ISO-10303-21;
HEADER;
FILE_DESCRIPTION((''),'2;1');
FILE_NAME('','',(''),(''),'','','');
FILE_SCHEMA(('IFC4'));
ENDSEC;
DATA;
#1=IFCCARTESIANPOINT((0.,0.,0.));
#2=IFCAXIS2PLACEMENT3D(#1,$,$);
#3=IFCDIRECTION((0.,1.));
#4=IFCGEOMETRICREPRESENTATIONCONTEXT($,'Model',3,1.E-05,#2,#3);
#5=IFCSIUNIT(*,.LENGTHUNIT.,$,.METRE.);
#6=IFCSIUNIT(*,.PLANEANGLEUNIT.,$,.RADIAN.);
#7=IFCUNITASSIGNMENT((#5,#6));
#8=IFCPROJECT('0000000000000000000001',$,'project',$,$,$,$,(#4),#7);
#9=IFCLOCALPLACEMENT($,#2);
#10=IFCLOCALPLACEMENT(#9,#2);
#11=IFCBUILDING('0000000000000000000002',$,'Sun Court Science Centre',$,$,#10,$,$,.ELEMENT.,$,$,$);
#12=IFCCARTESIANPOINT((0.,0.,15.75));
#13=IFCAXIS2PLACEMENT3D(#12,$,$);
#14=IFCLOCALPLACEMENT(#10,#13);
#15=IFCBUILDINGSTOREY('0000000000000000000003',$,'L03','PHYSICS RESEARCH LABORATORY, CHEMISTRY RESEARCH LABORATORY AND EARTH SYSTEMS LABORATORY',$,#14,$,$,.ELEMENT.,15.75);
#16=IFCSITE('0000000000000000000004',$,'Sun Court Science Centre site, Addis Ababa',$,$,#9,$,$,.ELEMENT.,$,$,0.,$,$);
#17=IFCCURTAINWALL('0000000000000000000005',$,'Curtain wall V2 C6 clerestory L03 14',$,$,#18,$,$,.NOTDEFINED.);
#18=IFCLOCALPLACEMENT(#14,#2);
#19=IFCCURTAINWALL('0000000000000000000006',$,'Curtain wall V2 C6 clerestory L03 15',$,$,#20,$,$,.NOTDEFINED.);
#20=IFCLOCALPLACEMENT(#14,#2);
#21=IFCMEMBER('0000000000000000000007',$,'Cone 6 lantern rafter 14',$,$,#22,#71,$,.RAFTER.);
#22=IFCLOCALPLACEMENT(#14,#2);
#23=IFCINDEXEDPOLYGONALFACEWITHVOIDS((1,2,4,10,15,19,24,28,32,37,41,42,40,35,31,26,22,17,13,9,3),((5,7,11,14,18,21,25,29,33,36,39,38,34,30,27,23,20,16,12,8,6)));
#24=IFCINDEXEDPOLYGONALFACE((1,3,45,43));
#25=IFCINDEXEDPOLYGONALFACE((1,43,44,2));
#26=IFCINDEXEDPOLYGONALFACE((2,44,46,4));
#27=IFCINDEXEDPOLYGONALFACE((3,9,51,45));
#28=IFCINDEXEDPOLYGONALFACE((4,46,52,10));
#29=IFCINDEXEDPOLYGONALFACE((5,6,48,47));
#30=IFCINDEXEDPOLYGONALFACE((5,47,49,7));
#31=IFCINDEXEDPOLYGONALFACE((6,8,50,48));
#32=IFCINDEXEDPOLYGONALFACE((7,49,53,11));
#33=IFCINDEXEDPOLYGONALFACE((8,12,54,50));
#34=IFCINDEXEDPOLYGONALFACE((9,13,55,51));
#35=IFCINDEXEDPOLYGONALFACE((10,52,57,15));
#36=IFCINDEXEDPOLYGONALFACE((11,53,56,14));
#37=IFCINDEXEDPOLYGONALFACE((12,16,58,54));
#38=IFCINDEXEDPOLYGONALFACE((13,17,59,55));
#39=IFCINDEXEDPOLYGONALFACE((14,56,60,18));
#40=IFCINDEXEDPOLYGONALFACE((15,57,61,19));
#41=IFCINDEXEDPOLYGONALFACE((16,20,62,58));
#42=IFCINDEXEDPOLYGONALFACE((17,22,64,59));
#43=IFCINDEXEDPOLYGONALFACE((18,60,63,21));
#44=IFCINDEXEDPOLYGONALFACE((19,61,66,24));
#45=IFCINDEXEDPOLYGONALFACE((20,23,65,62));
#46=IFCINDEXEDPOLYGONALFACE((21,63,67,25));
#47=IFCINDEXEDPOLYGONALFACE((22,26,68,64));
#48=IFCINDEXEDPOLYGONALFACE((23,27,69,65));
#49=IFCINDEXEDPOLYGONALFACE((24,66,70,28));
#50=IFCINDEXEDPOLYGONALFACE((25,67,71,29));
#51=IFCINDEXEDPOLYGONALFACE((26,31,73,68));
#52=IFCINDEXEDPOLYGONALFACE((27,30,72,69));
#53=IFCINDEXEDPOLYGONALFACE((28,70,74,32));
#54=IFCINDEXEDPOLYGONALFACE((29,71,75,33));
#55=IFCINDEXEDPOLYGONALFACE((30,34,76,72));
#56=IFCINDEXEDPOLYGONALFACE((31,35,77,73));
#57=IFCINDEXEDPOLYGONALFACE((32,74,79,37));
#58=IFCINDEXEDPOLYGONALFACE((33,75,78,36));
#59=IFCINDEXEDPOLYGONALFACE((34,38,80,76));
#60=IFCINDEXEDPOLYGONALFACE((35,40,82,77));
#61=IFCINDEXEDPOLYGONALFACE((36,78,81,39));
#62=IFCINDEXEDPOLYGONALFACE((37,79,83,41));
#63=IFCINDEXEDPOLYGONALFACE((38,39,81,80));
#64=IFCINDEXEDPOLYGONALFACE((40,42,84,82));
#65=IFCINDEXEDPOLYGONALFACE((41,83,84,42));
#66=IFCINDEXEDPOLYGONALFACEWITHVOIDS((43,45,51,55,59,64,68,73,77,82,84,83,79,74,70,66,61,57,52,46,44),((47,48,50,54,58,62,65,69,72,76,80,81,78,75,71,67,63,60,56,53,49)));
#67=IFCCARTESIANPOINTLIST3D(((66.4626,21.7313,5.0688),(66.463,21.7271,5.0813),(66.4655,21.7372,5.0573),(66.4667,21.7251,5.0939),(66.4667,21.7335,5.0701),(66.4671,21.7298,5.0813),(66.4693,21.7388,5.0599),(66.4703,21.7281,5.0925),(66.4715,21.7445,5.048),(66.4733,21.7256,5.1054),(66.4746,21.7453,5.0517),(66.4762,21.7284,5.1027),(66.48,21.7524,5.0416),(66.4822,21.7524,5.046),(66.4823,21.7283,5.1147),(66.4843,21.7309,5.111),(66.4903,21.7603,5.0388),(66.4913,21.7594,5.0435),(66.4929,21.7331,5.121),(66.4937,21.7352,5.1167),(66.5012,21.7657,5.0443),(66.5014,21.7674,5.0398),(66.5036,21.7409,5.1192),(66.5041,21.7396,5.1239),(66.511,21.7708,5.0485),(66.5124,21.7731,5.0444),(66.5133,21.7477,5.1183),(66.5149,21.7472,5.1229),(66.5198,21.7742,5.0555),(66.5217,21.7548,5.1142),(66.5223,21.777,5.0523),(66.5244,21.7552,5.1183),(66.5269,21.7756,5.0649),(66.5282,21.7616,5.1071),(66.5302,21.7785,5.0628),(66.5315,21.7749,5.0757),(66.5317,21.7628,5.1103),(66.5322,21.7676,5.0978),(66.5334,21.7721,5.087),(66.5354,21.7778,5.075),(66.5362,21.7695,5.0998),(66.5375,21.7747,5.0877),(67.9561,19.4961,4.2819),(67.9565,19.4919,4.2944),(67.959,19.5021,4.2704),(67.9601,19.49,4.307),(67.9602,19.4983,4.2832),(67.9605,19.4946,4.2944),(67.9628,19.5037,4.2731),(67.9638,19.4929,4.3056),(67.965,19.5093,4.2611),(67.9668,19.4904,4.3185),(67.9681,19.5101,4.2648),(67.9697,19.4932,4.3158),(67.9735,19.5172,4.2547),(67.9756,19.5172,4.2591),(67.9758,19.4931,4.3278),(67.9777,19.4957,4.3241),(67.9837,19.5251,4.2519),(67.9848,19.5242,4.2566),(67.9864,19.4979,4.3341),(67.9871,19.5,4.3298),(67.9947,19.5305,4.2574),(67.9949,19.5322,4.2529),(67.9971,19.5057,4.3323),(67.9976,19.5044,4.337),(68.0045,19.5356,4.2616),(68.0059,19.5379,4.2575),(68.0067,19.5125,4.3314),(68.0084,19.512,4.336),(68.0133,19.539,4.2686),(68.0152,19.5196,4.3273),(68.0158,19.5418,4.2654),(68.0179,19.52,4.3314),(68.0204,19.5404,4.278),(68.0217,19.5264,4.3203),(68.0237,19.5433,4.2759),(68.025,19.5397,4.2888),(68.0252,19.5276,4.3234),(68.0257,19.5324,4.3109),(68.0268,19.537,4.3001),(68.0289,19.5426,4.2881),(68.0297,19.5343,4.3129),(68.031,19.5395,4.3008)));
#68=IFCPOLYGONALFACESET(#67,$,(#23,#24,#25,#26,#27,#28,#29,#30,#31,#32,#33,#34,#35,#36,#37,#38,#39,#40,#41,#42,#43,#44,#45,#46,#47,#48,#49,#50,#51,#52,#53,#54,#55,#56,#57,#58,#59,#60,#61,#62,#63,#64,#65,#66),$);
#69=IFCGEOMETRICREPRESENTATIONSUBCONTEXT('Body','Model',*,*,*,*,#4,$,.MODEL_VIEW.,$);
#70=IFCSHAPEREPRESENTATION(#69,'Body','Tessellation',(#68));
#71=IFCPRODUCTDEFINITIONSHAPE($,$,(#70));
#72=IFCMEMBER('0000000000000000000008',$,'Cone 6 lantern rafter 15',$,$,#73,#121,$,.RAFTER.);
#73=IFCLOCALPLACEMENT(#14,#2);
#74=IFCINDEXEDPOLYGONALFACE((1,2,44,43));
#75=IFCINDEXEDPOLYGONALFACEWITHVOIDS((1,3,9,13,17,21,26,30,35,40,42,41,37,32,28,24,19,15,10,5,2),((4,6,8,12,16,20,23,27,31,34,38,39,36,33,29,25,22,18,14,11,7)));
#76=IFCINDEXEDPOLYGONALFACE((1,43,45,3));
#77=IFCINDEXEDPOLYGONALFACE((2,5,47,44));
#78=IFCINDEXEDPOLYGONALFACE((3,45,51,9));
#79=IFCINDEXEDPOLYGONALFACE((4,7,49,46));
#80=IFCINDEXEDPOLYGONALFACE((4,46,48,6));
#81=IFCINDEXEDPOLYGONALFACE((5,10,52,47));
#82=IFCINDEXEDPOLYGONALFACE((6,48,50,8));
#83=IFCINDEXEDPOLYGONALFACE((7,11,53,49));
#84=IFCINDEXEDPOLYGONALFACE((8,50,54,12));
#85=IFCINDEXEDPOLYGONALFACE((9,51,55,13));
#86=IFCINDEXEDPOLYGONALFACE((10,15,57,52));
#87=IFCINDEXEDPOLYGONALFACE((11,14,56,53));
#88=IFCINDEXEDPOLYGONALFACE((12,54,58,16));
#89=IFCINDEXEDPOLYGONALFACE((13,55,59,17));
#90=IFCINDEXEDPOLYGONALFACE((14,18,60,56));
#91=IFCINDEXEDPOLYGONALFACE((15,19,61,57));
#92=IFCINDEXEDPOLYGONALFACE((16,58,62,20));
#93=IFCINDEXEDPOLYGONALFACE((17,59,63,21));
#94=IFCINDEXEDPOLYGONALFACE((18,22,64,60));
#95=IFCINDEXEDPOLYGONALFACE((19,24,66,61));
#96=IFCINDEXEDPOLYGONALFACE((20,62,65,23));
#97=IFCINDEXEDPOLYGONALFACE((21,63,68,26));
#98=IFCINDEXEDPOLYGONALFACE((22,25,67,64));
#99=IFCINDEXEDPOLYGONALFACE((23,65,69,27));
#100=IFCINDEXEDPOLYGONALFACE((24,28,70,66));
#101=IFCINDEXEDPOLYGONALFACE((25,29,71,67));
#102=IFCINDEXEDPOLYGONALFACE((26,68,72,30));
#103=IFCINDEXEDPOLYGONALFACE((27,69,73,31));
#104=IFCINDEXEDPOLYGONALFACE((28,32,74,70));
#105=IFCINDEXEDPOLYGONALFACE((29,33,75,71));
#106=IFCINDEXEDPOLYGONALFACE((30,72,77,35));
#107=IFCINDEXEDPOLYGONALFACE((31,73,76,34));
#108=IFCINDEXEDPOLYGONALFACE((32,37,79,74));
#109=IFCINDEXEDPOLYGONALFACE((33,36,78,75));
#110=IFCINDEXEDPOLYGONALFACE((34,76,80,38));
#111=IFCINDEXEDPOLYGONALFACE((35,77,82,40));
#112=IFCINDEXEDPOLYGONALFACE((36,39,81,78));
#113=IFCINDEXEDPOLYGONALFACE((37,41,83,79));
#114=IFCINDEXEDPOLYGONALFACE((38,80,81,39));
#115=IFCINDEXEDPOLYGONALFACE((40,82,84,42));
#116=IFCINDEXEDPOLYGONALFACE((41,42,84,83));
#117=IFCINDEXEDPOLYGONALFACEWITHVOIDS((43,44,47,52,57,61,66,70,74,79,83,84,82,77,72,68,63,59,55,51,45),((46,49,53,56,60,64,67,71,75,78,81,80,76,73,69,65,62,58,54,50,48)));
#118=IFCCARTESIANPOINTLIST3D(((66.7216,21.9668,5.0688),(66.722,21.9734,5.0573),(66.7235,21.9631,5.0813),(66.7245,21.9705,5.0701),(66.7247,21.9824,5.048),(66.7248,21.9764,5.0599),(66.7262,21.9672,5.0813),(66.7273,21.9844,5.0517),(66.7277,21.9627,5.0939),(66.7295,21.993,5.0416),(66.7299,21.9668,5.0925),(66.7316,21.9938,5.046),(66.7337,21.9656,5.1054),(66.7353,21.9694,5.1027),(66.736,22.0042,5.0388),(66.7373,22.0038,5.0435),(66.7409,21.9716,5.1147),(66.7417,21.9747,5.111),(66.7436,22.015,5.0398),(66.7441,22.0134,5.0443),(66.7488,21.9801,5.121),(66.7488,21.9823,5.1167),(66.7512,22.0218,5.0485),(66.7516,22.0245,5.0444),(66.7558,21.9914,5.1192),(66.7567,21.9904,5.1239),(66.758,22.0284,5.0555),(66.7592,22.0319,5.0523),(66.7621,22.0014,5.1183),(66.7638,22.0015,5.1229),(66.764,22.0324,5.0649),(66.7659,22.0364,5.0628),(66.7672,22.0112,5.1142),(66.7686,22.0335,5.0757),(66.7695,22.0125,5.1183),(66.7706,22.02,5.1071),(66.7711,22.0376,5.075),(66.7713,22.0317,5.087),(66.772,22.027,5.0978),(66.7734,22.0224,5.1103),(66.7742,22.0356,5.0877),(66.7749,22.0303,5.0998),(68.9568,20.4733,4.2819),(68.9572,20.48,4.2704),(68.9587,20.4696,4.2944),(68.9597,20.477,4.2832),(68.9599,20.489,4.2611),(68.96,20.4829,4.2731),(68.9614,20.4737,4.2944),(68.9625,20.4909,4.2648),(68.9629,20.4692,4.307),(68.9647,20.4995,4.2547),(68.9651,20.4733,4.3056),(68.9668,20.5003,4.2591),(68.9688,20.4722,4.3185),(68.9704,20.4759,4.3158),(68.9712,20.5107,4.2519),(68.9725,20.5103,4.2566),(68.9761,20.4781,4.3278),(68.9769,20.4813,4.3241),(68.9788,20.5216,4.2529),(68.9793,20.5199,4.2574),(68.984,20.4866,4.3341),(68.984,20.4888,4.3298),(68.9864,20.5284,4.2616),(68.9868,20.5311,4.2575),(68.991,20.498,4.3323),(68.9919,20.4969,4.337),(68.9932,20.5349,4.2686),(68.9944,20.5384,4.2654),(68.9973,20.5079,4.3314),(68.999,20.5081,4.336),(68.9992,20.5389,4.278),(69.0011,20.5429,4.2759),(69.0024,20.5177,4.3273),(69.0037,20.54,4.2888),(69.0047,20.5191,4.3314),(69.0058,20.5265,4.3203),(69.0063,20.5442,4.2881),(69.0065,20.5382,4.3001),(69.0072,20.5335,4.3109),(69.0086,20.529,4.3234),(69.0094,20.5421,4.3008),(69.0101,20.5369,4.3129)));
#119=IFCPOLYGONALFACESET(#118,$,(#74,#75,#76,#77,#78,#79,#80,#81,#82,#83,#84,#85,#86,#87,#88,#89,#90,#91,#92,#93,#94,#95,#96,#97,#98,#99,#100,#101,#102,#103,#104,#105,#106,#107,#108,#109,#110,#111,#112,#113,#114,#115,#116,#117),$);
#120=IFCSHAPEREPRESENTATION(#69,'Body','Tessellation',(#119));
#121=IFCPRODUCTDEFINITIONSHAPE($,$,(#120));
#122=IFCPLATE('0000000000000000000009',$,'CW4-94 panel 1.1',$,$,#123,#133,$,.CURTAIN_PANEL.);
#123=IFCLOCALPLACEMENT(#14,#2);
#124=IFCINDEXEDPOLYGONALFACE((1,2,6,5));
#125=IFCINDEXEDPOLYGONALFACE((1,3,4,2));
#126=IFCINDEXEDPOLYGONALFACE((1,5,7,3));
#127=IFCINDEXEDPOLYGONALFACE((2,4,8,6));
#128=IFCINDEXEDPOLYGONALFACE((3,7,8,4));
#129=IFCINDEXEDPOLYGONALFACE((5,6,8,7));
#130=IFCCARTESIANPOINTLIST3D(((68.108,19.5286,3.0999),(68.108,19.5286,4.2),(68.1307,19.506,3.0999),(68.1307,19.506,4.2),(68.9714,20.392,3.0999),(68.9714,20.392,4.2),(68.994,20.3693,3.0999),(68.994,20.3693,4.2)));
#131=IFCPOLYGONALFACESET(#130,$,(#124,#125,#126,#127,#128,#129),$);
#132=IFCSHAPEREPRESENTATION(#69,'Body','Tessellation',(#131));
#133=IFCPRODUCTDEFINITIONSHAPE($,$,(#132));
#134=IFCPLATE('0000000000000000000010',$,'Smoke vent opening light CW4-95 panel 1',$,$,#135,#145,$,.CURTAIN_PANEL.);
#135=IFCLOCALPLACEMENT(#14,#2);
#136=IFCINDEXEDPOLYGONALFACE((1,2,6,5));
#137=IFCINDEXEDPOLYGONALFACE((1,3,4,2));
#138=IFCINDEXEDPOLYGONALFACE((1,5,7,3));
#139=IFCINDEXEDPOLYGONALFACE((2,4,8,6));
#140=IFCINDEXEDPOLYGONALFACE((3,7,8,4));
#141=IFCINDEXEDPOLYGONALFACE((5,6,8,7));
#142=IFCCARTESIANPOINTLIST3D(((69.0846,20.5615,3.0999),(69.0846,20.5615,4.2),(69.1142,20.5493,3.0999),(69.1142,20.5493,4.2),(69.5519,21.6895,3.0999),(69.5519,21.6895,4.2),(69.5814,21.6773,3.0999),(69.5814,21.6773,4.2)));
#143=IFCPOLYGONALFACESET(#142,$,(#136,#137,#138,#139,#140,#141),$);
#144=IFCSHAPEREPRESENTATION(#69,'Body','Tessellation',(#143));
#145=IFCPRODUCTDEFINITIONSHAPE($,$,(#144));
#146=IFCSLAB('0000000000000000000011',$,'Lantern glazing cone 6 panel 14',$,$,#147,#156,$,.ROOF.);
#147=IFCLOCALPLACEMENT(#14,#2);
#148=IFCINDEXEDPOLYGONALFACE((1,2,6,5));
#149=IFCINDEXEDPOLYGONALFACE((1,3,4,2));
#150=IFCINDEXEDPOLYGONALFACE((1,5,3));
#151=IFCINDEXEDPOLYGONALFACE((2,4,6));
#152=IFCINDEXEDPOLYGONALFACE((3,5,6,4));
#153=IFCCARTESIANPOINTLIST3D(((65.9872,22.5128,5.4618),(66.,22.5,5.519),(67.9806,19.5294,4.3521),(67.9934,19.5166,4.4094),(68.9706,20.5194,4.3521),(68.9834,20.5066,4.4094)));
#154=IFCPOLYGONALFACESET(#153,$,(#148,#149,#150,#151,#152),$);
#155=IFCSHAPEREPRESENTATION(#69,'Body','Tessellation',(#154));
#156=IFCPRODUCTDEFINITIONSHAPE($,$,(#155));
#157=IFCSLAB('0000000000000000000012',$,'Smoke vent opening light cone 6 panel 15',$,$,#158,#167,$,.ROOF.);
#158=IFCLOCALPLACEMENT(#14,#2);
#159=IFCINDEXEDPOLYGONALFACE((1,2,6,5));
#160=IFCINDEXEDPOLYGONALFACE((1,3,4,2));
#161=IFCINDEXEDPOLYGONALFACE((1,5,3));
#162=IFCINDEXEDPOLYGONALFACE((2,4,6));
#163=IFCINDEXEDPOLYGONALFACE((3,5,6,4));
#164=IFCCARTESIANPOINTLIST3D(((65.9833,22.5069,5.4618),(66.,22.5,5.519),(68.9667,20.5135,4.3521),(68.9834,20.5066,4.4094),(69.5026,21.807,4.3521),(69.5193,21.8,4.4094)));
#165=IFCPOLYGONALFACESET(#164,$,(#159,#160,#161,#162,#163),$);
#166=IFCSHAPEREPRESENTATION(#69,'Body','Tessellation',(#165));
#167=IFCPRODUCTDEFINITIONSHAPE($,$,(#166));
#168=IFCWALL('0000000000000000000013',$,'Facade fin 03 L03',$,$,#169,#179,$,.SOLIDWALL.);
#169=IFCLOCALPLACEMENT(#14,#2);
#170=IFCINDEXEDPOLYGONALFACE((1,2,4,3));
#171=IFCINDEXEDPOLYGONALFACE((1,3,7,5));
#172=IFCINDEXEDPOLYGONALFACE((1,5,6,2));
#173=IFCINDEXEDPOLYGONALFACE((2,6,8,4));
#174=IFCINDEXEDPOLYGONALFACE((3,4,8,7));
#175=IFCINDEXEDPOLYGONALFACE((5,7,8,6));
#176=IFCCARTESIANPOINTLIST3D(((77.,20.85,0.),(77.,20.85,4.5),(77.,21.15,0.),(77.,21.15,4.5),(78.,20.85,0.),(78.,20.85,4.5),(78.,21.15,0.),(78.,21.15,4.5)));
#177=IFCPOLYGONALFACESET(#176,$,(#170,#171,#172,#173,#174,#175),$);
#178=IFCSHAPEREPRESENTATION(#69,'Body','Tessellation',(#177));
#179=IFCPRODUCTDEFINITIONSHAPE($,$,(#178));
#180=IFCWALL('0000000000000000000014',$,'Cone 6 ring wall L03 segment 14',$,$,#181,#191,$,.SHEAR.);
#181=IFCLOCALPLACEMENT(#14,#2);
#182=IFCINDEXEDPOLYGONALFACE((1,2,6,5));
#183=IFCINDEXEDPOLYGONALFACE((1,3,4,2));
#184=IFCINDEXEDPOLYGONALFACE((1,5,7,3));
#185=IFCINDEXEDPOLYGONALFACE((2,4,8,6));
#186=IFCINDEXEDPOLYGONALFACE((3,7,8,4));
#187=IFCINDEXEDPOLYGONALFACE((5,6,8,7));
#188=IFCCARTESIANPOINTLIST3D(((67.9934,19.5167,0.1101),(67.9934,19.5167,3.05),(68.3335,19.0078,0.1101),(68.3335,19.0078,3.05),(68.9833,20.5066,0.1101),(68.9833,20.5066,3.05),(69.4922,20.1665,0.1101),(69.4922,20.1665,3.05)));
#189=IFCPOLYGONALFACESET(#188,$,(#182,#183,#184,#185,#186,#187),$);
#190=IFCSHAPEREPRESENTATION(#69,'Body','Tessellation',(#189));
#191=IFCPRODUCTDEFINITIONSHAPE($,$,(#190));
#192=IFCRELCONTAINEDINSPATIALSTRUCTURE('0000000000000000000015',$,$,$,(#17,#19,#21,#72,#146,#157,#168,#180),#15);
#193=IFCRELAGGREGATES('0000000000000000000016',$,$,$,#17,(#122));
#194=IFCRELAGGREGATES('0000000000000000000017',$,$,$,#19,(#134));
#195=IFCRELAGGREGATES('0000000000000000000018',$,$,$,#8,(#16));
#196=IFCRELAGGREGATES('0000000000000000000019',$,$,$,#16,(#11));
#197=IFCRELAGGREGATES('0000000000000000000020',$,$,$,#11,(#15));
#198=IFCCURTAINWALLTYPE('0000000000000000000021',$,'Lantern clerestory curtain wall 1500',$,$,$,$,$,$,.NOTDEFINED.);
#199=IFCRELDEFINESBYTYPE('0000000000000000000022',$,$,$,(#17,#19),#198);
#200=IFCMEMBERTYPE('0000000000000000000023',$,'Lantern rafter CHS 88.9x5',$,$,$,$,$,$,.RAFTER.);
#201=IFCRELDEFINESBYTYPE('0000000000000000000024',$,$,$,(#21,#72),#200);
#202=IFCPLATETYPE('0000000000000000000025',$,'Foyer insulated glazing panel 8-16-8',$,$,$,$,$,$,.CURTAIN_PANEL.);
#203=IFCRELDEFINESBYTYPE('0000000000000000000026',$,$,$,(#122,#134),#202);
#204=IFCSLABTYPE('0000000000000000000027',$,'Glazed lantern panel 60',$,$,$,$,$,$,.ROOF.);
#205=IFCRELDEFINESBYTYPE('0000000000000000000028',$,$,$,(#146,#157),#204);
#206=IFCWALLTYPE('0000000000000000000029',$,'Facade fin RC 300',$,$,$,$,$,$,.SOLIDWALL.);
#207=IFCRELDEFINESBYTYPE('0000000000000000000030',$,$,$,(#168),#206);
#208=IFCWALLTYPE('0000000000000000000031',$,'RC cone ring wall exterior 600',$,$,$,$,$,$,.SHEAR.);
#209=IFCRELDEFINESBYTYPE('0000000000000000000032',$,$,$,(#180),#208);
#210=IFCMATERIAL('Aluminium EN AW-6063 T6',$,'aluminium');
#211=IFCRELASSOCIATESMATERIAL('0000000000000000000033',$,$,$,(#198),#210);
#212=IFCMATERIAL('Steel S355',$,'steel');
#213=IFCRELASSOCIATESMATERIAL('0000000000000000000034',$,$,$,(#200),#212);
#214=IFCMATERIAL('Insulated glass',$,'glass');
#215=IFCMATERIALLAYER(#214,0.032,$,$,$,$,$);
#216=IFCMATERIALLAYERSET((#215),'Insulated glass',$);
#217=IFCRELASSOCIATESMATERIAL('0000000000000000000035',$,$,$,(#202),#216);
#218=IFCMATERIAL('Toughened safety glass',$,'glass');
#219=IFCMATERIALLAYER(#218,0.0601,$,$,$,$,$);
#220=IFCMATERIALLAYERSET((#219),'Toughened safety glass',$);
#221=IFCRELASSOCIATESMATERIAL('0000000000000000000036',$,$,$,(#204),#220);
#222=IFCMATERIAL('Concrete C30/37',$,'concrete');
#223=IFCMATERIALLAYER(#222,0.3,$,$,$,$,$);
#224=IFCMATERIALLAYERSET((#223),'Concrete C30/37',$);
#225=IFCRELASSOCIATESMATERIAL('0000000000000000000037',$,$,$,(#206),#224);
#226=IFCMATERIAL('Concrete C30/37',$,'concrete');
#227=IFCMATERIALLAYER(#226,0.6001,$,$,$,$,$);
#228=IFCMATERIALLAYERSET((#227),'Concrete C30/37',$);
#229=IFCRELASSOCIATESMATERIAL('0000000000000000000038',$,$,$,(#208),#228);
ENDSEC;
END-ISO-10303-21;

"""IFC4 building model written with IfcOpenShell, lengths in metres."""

from ifc_helpers import new_model, si_unit, direction, frame, frame_2d, origin, origin_2d, place, context, subcontext, project, spatial, polyline, rectangle, hollow_circle, outline, extrude, material, layer, layer_set, material_profile, profile_set, type_object, element, aggregate, save


model = new_model("IFC4")

# Units and contexts
model_context = context("Model", 3, precision=1e-05, world=origin(), true_north=direction((0.0, 1.0)))
body_context = subcontext(model_context, "Body", "Model", "MODEL_VIEW")
ifc_project = project(units=[si_unit("LENGTHUNIT", "METRE"), si_unit("PLANEANGLEUNIT", "RADIAN")], contexts=[model_context])

# Site, building, storey
site_placement = place(None, origin())
site = spatial("IfcSite", under=ifc_project, at=site_placement, Name="Sun Court Science Centre site, Addis Ababa", CompositionType="ELEMENT", RefElevation=0.0)
building_placement = place(site_placement, origin())
building = spatial("IfcBuilding", under=site, at=building_placement, Name="Sun Court Science Centre", CompositionType="ELEMENT")
storey_placement = place(building_placement, frame((0.0, 0.0, 15.75)))
storey = spatial("IfcBuildingStorey", under=building, at=storey_placement, Name="L03", Description="PHYSICS RESEARCH LABORATORY, CHEMISTRY RESEARCH LABORATORY AND EARTH SYSTEMS LABORATORY", CompositionType="ELEMENT", Elevation=15.75)

# Shared definitions
ifc_material_1 = material(Name="Aluminium EN AW-6063 T6", Category="aluminium")
curtain_wall_type_1 = type_object("IfcCurtainWallType", Name="Lantern clerestory curtain wall 1500", PredefinedType="NOTDEFINED", material=ifc_material_1)

# Curtain walls
curtain_wall_1_placement = place(storey_placement, origin())
curtain_wall_1 = element("IfcCurtainWall", 1, at=curtain_wall_1_placement, inside=storey, type_object=curtain_wall_type_1, Name="Curtain wall V2 C6 clerestory L03 14", PredefinedType="NOTDEFINED")
curtain_wall_2_placement = place(storey_placement, origin())
curtain_wall_2 = element("IfcCurtainWall", 2, at=curtain_wall_2_placement, inside=storey, type_object=curtain_wall_type_1, Name="Curtain wall V2 C6 clerestory L03 15", PredefinedType="NOTDEFINED")

# Members
ifc_material_2 = material(Name="Steel S355", Category="steel")
ifc_material_profile_1 = material_profile(ifc_material_2, hollow_circle(Radius=0.0444, WallThickness=0.0049, at=origin_2d()), Name="CHS 88.9x5")
ifc_profile_set_1 = profile_set([ifc_material_profile_1], Name="Steel S355")
member_type_1 = type_object("IfcMemberType", Name="Lantern rafter CHS 88.9x5", PredefinedType="RAFTER", material=ifc_profile_set_1)
for number, where, z_axis, x_axis, name in (
    (3, (67.9934, 19.5166, 4.2944), (-0.533186, 0.797992, 0.280931), (-0.831477, -0.555559, 0.0), "Cone 6 lantern rafter 14"),
    (4, (68.9834, 20.5066, 4.2944), (-0.797992, 0.533186, 0.280931), (-0.555559, -0.831477, 0.0), "Cone 6 lantern rafter 15"),
):
    element("IfcMember", number, at=place(storey_placement, frame(where, z_axis=z_axis, x_axis=x_axis)), inside=storey, type_object=member_type_1, Name=name, PredefinedType="RAFTER", context=body_context, shape_type="SweptSolid", body=[
        extrude(hollow_circle(Radius=0.0444, WallThickness=0.0049, at=origin_2d()), origin(), (0.0, 0.0, 1.0), 2.801),
    ])

# Plates
ifc_material_3 = material(Name="Insulated glass", Category="glass")
ifc_layer_1 = layer(ifc_material_3, 0.032)
ifc_layer_set_1 = layer_set([ifc_layer_1], Name="Insulated glass")
plate_type = type_object("IfcPlateType", Name="Foyer insulated glazing panel 8-16-8", PredefinedType="CURTAIN_PANEL", material=ifc_layer_set_1)
plate_1_placement = place(storey_placement, frame((68.551, 19.949, 3.0999), z_axis=(0.0, 0.0, 1.0), x_axis=(-0.707107, -0.707107, 0.0)))
plate_1 = element("IfcPlate", 5, at=plate_1_placement, type_object=plate_type, Name="CW4-94 panel 1.1", PredefinedType="CURTAIN_PANEL", context=body_context, shape_type="SweptSolid", body=[
    extrude(rectangle(XDim=1.2209, YDim=0.032, at=origin_2d()), origin(), (0.0, 0.0, 1.0), 1.1001),
])
aggregate(curtain_wall_1, [plate_1])
plate_2_placement = place(storey_placement, frame((69.333, 21.1194, 3.0999), z_axis=(0.0, 0.0, 1.0), x_axis=(-0.382683, -0.92388, 0.0)))
plate_2 = element("IfcPlate", 6, at=plate_2_placement, type_object=plate_type, Name="Smoke vent opening light CW4-95 panel 1", PredefinedType="CURTAIN_PANEL", context=body_context, shape_type="SweptSolid", body=[
    extrude(rectangle(XDim=1.2209, YDim=0.032, at=origin_2d()), origin(), (0.0, 0.0, 1.0), 1.1001),
])
aggregate(curtain_wall_2, [plate_2])

# Slabs
ifc_material_4 = material(Name="Toughened safety glass", Category="glass")
ifc_layer_2 = layer(ifc_material_4, 0.0601)
ifc_layer_set_2 = layer_set([ifc_layer_2], Name="Toughened safety glass")
slab_type = type_object("IfcSlabType", Name="Glazed lantern panel 60", PredefinedType="ROOF", material=ifc_layer_set_2)
slab_1_placement = place(storey_placement, frame((67.9934, 19.5166, 4.4094), z_axis=(0.212638, -0.212638, 0.953714), x_axis=(0.707107, 0.707107, 0.0)))
element("IfcSlab", 7, at=slab_1_placement, inside=storey, type_object=slab_type, Name="Lantern glazing cone 6 panel 14", PredefinedType="ROOF", context=body_context, shape_type="SweptSolid", body=[
    extrude(outline(polyline([(0.0, 0.0), (1.4001, 0.0), (0.7, 3.6899), (0.0, 0.0)])), origin(), (0.0, 0.0, -1.0), 0.0601),
])
slab_2_placement = place(storey_placement, frame((68.9834, 20.5066, 4.4094), z_axis=(0.277811, -0.115099, 0.953715), x_axis=(0.382757, 0.923849, 0.0)))
element("IfcSlab", 8, at=slab_2_placement, inside=storey, type_object=slab_type, Name="Smoke vent opening light cone 6 panel 15", PredefinedType="ROOF", context=body_context, shape_type="SweptSolid", body=[
    extrude(outline(polyline([(0.0, 0.0), (1.4001, 0.0), (0.6997, 3.69), (0.0, 0.0)])), origin(), (0.0, 0.0, -1.0), 0.0601),
])

# Walls
ifc_material_5 = material(Name="Concrete C30/37", Category="concrete")
ifc_layer_3 = layer(ifc_material_5, 0.3)
ifc_layer_set_3 = layer_set([ifc_layer_3], Name="Concrete C30/37")
wall_type_1 = type_object("IfcWallType", Name="Facade fin RC 300", PredefinedType="SOLIDWALL", material=ifc_layer_set_3)
wall_1_placement = place(storey_placement, frame((77.0, 21.0, 0.0), z_axis=(0.0, 0.0, 1.0), x_axis=(1.0, 0.0, 0.0)))
element("IfcWall", 9, at=wall_1_placement, inside=storey, type_object=wall_type_1, Name="Facade fin 03 L03", PredefinedType="SOLIDWALL", context=body_context, shape_type="SweptSolid", body=[
    extrude(rectangle(XDim=1.0, YDim=0.3, at=frame_2d((0.5, 0.0))), origin(), (0.0, 0.0, 1.0), 4.5),
])
ifc_material_6 = material(Name="Concrete C30/37", Category="concrete")
ifc_layer_4 = layer(ifc_material_6, 0.6001)
ifc_layer_set_4 = layer_set([ifc_layer_4], Name="Concrete C30/37")
wall_type_2 = type_object("IfcWallType", Name="RC cone ring wall exterior 600", PredefinedType="SHEAR", material=ifc_layer_set_4)
wall_2_placement = place(storey_placement, frame((68.1213, 19.22, 0.1101), z_axis=(0.0, 0.0, 1.0), x_axis=(0.707107, 0.707107, 0.0)))
element("IfcWall", 10, at=wall_2_placement, inside=storey, type_object=wall_type_2, Name="Cone 6 ring wall L03 segment 14", PredefinedType="SHEAR", context=body_context, shape_type="SweptSolid", body=[
    extrude(outline(polyline([(0.0, -0.3), (1.6387, -0.3), (1.5193, 0.3003), (0.1194, 0.3003), (0.0, -0.3)])), origin(), (0.0, 0.0, 1.0), 2.9399),
])

save(model, "model.ifc")
